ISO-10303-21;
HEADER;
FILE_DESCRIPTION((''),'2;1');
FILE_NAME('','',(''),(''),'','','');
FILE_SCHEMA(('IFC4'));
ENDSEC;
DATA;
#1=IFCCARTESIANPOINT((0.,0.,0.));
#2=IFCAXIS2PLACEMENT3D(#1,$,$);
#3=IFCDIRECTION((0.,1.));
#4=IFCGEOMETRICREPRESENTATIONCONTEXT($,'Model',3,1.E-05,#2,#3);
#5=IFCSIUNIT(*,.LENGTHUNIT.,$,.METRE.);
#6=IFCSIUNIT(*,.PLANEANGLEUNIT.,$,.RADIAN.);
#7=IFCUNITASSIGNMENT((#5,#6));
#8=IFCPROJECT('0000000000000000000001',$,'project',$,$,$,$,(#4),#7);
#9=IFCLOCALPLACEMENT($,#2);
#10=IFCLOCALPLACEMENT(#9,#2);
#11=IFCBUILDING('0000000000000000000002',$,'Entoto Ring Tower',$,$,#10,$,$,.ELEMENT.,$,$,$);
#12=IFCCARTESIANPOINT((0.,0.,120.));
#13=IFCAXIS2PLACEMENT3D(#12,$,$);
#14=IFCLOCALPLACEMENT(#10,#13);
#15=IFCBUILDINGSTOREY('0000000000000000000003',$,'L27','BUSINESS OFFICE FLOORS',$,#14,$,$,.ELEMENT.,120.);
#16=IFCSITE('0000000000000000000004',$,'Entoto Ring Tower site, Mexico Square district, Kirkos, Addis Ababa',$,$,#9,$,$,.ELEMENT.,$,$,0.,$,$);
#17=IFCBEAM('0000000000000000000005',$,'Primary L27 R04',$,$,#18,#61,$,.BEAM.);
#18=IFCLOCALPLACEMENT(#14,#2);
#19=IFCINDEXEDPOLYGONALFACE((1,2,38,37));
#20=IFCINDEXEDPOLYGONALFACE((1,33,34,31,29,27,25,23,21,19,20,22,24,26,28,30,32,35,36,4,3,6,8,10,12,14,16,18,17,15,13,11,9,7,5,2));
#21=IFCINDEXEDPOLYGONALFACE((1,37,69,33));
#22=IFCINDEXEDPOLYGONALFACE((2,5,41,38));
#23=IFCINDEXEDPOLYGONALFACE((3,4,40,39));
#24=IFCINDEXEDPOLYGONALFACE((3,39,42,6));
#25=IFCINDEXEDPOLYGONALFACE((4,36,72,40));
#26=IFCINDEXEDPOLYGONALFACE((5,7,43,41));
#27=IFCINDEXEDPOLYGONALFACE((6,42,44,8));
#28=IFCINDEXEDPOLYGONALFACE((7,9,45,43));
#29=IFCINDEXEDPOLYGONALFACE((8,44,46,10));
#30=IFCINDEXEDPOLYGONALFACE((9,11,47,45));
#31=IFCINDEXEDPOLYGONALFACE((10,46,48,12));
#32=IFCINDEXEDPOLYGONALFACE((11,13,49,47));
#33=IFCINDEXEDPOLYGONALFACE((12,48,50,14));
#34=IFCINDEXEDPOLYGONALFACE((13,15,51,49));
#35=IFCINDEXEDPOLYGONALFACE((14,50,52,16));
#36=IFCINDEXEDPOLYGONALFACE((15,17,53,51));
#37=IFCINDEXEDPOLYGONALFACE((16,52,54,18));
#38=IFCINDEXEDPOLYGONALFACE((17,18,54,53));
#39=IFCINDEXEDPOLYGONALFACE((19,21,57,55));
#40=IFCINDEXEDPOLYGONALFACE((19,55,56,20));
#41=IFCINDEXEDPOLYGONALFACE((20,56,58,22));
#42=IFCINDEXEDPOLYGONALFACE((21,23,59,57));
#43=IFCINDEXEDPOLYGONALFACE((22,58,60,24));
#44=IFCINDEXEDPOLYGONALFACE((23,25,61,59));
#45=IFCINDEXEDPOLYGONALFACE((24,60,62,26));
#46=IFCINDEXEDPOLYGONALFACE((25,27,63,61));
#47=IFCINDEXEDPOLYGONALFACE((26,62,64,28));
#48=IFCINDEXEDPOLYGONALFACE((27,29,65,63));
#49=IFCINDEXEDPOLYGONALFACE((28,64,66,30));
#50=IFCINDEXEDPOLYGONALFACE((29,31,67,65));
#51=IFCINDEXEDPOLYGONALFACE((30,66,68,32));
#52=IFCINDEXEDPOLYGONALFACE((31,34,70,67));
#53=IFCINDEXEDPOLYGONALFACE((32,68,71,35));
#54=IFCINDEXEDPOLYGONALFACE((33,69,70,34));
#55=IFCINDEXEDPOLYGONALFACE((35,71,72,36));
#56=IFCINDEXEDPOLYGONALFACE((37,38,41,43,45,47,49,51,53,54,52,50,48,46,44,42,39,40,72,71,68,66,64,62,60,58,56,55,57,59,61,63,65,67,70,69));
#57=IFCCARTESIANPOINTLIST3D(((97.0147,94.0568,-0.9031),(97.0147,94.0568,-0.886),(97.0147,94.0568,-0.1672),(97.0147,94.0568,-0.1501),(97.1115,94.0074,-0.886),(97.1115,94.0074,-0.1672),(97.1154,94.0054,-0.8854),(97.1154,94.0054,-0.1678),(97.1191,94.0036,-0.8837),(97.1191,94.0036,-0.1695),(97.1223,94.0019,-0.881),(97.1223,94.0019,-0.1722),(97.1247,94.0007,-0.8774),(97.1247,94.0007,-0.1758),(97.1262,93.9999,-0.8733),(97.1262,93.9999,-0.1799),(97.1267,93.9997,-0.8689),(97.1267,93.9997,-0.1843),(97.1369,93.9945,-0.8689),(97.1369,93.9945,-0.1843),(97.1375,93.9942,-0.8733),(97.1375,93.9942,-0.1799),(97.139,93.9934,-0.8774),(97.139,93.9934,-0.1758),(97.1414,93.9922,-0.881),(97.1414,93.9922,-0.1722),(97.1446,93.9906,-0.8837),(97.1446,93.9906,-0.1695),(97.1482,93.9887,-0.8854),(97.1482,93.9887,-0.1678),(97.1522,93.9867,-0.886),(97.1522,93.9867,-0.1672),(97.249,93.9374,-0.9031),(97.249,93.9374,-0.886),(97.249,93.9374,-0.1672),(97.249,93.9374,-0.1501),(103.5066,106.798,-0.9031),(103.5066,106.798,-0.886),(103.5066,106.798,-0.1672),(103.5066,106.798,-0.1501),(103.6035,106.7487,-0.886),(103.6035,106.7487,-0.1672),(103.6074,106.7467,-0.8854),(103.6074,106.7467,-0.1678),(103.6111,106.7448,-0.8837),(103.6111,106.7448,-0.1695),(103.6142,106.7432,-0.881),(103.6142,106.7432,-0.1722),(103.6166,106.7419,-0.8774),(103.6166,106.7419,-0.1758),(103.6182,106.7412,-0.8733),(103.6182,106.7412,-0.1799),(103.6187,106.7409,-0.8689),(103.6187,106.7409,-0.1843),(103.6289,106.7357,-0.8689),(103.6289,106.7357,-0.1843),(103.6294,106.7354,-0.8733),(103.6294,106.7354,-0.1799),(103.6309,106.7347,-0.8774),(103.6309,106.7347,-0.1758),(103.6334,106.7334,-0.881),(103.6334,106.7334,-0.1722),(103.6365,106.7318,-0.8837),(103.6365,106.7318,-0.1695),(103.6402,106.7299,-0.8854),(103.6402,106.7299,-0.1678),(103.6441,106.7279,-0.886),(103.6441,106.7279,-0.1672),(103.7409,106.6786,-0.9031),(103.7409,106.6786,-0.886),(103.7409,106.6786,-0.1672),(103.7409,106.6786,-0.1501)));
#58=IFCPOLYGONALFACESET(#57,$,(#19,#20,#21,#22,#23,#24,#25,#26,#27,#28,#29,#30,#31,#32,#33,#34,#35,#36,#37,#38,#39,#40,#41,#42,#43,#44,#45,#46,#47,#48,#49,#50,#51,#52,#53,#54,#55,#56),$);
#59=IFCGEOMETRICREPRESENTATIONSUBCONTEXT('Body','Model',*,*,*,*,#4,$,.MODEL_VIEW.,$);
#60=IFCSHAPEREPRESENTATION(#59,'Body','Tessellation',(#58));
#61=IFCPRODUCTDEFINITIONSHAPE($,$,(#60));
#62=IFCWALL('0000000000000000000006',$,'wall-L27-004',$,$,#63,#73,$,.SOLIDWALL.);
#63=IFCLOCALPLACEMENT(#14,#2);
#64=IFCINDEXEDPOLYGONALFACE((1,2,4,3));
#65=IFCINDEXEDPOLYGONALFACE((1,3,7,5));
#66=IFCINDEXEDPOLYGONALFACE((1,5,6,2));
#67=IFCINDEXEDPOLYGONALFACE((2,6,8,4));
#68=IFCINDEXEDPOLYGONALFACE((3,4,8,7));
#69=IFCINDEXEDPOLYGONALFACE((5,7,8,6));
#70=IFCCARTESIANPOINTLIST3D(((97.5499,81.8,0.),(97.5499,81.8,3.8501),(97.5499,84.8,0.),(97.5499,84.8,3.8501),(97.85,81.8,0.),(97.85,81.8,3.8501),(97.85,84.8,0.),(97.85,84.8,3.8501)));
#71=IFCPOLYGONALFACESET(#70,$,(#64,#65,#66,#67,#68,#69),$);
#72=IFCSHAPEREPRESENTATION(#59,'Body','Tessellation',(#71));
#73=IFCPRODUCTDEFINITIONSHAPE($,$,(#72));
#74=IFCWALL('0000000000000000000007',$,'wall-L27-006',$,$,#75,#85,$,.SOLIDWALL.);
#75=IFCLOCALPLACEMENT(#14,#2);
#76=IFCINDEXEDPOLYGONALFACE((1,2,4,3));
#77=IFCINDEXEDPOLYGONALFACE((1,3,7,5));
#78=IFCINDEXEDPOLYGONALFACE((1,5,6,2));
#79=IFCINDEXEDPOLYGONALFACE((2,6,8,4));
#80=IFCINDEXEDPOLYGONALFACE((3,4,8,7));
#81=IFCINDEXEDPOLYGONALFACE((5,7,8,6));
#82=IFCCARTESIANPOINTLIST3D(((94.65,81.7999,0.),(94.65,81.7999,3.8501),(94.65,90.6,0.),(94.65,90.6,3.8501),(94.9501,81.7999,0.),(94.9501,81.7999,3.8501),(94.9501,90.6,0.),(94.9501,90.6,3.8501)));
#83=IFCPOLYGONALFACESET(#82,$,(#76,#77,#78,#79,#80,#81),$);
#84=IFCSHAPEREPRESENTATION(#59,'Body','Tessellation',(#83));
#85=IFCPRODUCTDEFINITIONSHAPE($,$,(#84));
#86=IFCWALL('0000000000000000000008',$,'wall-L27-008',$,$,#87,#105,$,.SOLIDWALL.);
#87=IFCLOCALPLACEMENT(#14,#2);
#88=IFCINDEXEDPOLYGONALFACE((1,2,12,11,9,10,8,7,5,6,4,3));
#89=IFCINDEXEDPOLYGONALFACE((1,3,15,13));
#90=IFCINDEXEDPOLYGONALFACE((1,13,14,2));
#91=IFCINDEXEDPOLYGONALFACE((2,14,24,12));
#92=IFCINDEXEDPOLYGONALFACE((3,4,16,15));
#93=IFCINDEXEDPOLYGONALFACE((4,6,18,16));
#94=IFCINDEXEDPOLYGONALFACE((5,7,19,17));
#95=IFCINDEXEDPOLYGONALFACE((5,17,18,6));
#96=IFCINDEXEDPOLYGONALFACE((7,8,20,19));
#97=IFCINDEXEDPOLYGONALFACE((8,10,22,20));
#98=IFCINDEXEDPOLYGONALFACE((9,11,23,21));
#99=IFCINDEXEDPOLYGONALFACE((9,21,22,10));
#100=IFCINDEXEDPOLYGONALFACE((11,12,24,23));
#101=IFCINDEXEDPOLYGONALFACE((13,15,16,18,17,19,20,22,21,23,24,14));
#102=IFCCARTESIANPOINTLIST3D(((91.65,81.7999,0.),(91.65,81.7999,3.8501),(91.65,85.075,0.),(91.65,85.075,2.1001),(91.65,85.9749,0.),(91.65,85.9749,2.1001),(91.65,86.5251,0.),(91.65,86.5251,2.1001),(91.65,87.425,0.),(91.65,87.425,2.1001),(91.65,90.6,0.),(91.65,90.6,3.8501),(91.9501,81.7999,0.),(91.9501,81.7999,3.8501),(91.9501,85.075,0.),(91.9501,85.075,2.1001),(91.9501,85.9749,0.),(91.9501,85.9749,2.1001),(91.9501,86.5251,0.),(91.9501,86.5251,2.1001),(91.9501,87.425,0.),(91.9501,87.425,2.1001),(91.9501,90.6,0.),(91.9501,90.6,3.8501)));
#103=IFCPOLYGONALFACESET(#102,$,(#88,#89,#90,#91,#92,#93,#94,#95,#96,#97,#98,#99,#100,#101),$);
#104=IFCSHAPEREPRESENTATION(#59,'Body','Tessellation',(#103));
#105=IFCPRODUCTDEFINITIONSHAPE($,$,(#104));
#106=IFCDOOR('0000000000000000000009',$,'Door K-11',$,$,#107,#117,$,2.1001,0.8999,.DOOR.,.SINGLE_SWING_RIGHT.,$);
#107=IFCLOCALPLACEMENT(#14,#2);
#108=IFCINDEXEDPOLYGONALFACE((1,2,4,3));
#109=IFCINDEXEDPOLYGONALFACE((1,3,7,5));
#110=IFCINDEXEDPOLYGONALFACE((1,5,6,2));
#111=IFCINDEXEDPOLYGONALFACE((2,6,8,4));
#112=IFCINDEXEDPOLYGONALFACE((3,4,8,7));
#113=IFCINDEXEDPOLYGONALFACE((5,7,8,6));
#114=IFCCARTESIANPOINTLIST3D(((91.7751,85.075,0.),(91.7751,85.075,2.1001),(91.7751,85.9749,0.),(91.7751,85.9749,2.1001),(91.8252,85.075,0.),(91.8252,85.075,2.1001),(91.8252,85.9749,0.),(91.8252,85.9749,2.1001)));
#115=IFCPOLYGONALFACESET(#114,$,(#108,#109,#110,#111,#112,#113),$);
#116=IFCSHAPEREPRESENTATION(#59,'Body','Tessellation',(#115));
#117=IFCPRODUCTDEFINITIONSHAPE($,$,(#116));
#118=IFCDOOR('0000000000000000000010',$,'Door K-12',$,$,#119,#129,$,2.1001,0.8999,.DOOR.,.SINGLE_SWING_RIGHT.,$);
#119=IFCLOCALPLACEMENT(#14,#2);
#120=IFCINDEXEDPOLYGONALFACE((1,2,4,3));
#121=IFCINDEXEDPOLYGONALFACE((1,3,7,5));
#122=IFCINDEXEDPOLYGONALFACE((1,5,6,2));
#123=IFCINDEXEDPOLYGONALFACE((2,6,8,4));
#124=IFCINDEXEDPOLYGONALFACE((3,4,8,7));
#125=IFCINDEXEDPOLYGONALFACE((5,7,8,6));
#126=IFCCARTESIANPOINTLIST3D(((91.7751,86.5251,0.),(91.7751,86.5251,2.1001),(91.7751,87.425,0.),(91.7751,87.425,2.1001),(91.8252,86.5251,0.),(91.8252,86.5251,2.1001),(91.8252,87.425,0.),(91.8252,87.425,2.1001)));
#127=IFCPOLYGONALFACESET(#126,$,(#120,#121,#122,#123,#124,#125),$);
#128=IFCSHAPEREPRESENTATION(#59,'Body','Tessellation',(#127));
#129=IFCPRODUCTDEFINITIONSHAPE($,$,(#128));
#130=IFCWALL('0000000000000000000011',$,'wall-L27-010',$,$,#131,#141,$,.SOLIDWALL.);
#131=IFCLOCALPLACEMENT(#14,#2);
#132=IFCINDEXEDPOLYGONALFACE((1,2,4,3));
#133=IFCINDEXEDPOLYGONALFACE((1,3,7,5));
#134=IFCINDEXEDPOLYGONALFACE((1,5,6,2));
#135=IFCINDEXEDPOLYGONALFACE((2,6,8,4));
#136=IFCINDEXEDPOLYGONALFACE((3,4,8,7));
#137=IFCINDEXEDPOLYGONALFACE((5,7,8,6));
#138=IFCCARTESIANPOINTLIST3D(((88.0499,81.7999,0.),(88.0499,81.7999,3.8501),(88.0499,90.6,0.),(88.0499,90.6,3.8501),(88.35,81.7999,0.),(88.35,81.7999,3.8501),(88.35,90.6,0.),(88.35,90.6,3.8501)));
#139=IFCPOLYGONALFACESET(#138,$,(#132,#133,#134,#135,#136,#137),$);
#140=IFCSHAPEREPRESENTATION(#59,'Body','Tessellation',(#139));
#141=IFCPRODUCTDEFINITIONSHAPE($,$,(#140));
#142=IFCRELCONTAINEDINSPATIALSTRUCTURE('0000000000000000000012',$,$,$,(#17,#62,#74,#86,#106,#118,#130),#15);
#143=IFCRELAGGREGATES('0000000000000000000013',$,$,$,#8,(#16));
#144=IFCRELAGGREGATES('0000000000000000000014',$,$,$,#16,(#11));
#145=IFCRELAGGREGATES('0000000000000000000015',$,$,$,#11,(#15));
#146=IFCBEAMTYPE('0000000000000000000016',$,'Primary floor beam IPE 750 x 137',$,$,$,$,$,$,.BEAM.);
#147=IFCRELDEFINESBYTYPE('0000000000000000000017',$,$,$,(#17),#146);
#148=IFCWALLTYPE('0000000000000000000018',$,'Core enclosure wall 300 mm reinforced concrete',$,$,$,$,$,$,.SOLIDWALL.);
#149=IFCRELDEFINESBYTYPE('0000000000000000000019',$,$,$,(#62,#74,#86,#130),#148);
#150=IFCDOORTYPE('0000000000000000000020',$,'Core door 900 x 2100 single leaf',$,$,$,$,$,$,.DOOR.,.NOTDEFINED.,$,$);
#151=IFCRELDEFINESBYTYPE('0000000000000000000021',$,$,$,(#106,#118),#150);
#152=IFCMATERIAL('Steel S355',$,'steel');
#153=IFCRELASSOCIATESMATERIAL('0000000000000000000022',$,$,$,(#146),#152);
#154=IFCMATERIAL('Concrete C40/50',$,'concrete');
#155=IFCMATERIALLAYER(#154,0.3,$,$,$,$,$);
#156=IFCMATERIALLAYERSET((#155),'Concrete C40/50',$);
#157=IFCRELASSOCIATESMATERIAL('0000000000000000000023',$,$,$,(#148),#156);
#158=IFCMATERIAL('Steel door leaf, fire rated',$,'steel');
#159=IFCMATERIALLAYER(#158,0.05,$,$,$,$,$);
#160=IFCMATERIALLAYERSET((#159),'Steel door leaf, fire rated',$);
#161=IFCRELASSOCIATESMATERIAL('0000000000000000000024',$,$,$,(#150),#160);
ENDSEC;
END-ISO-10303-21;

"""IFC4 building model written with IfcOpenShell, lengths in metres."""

from ifc_helpers import new_model, si_unit, direction, frame, frame_2d, origin, origin_2d, place, context, subcontext, project, spatial, rectangle, i_section, extrude, material, layer, layer_set, material_profile, profile_set, type_object, element, fill, save


model = new_model("IFC4")

# Units and contexts
model_context = context("Model", 3, precision=1e-05, world=origin(), true_north=direction((0.0, 1.0)))
body_context = subcontext(model_context, "Body", "Model", "MODEL_VIEW")
ifc_project = project(units=[si_unit("LENGTHUNIT", "METRE"), si_unit("PLANEANGLEUNIT", "RADIAN")], contexts=[model_context])

# Site, building, storey
site_placement = place(None, origin())
site = spatial("IfcSite", under=ifc_project, at=site_placement, Name="Entoto Ring Tower site, Mexico Square district, Kirkos, Addis Ababa", CompositionType="ELEMENT", RefElevation=0.0)
building_placement = place(site_placement, origin())
building = spatial("IfcBuilding", under=site, at=building_placement, Name="Entoto Ring Tower", CompositionType="ELEMENT")
storey_placement = place(building_placement, frame((0.0, 0.0, 120.0)))
storey = spatial("IfcBuildingStorey", under=building, at=storey_placement, Name="L27", Description="BUSINESS OFFICE FLOORS", CompositionType="ELEMENT", Elevation=120.0)

# Beam
ifc_material_1 = material(Name="Steel S355", Category="steel")
ifc_material_profile = material_profile(ifc_material_1, i_section(OverallWidth=0.2629, OverallDepth=0.7529, WebThickness=0.0115, FlangeThickness=0.0171, FilletRadius=0.0171, at=origin_2d()), Name="IPE 750 x 137")
ifc_profile_set = profile_set([ifc_material_profile], Name="Steel S355")
beam_type = type_object("IfcBeamType", Name="Primary floor beam IPE 750 x 137", PredefinedType="BEAM", material=ifc_profile_set)
beam_placement = place(storey_placement, frame((97.1318, 93.9971, -0.5266), z_axis=(0.453989, 0.891007, 0.0), x_axis=(-0.891007, 0.453989, 0.0)))
element("IfcBeam", 1, at=beam_placement, inside=storey, type_object=beam_type, Name="Primary L27 R04", PredefinedType="BEAM", context=body_context, shape_type="SweptSolid", body=[
    extrude(i_section(OverallWidth=0.2629, OverallDepth=0.7529, WebThickness=0.0115, FlangeThickness=0.0171, FilletRadius=0.0171, at=origin_2d()), origin(), (0.0, 0.0, 1.0), 14.2998),
])

# Walls
ifc_material_2 = material(Name="Concrete C40/50", Category="concrete")
ifc_layer_1 = layer(ifc_material_2, 0.3)
ifc_layer_set_1 = layer_set([ifc_layer_1], Name="Concrete C40/50")
wall_type_1 = type_object("IfcWallType", Name="Core enclosure wall 300 mm reinforced concrete", PredefinedType="SOLIDWALL", material=ifc_layer_set_1)
wall_1_placement = place(storey_placement, frame((97.7, 81.8, 0.0), z_axis=(0.0, 0.0, 1.0), x_axis=(0.0, 1.0, 0.0)))
element("IfcWall", 2, at=wall_1_placement, inside=storey, type_object=wall_type_1, Name="wall-L27-004", PredefinedType="SOLIDWALL", context=body_context, shape_type="SweptSolid", body=[
    extrude(rectangle(XDim=3.0, YDim=0.3, at=frame_2d((1.5, 0.0))), origin(), (0.0, 0.0, 1.0), 3.8501),
])
wall_2_placement = place(storey_placement, frame((94.8, 81.8, 0.0), z_axis=(0.0, 0.0, 1.0), x_axis=(0.0, 1.0, 0.0)))
element("IfcWall", 3, at=wall_2_placement, inside=storey, type_object=wall_type_1, Name="wall-L27-006", PredefinedType="SOLIDWALL", context=body_context, shape_type="SweptSolid", body=[
    extrude(rectangle(XDim=8.8, YDim=0.3, at=frame_2d((4.3999, 0.0))), origin(), (0.0, 0.0, 1.0), 3.8501),
])

# Wall, openings, doors
wall_3_placement = place(storey_placement, frame((91.8, 81.8, 0.0), z_axis=(0.0, 0.0, 1.0), x_axis=(0.0, 1.0, 0.0)))
wall_3 = element("IfcWall", 4, at=wall_3_placement, inside=storey, type_object=wall_type_1, Name="wall-L27-008", PredefinedType="SOLIDWALL", context=body_context, shape_type="SweptSolid", body=[
    extrude(rectangle(XDim=8.8, YDim=0.3, at=frame_2d((4.3999, 0.0))), origin(), (0.0, 0.0, 1.0), 3.8501),
])
opening_1_placement = place(wall_3_placement, frame((3.2749, 0.0, 0.0)))
opening_1 = element("IfcOpeningElement", 5, at=opening_1_placement, cuts=wall_3, PredefinedType="OPENING", context=body_context, shape_type="SweptSolid", body=[
    extrude(rectangle(XDim=0.8999, YDim=2.1001, at=frame_2d((0.45, 1.05))), frame((0.0, 0.1602, 0.0), z_axis=(0.0, -1.0, 0.0), x_axis=(1.0, 0.0, 0.0)), (0.0, 0.0, 1.0), 0.3201),
])
opening_2_placement = place(wall_3_placement, frame((4.7251, 0.0, 0.0)))
opening_2 = element("IfcOpeningElement", 6, at=opening_2_placement, cuts=wall_3, PredefinedType="OPENING", context=body_context, shape_type="SweptSolid", body=[
    extrude(rectangle(XDim=0.8999, YDim=2.1001, at=frame_2d((0.45, 1.05))), frame((0.0, 0.1602, 0.0), z_axis=(0.0, -1.0, 0.0), x_axis=(1.0, 0.0, 0.0)), (0.0, 0.0, 1.0), 0.3201),
])
ifc_material_3 = material(Name="Steel door leaf, fire rated", Category="steel")
ifc_layer_2 = layer(ifc_material_3, 0.05)
ifc_layer_set_2 = layer_set([ifc_layer_2], Name="Steel door leaf, fire rated")
door_type_1 = type_object("IfcDoorType", Name="Core door 900 x 2100 single leaf", OperationType="NOTDEFINED", PredefinedType="DOOR", material=ifc_layer_set_2)
door_1_placement = place(opening_1_placement, origin())
door_1 = element("IfcDoor", 7, at=door_1_placement, inside=storey, type_object=door_type_1, Name="Door K-11", OperationType="SINGLE_SWING_RIGHT", OverallHeight=2.1001, OverallWidth=0.8999, PredefinedType="DOOR", context=body_context, shape_type="SweptSolid", body=[
    extrude(rectangle(XDim=0.8999, YDim=2.1001, at=frame_2d((0.45, 1.05))), frame((0.0, 0.0249, 0.0), z_axis=(0.0, -1.0, 0.0), x_axis=(1.0, 0.0, 0.0)), (0.0, 0.0, 1.0), 0.05),
])
fill(opening_1, door_1)
door_2_placement = place(opening_2_placement, origin())
door_2 = element("IfcDoor", 8, at=door_2_placement, inside=storey, type_object=door_type_1, Name="Door K-12", OperationType="SINGLE_SWING_RIGHT", OverallHeight=2.1001, OverallWidth=0.8999, PredefinedType="DOOR", context=body_context, shape_type="SweptSolid", body=[
    extrude(rectangle(XDim=0.8999, YDim=2.1001, at=frame_2d((0.45, 1.05))), frame((0.0, 0.0249, 0.0), z_axis=(0.0, -1.0, 0.0), x_axis=(1.0, 0.0, 0.0)), (0.0, 0.0, 1.0), 0.05),
])
fill(opening_2, door_2)

# Wall
wall_4_placement = place(storey_placement, frame((88.2, 81.8, 0.0), z_axis=(0.0, 0.0, 1.0), x_axis=(0.0, 1.0, 0.0)))
element("IfcWall", 9, at=wall_4_placement, inside=storey, type_object=wall_type_1, Name="wall-L27-010", PredefinedType="SOLIDWALL", context=body_context, shape_type="SweptSolid", body=[
    extrude(rectangle(XDim=8.8, YDim=0.3, at=frame_2d((4.3999, 0.0))), origin(), (0.0, 0.0, 1.0), 3.8501),
])

save(model, "model.ifc")
